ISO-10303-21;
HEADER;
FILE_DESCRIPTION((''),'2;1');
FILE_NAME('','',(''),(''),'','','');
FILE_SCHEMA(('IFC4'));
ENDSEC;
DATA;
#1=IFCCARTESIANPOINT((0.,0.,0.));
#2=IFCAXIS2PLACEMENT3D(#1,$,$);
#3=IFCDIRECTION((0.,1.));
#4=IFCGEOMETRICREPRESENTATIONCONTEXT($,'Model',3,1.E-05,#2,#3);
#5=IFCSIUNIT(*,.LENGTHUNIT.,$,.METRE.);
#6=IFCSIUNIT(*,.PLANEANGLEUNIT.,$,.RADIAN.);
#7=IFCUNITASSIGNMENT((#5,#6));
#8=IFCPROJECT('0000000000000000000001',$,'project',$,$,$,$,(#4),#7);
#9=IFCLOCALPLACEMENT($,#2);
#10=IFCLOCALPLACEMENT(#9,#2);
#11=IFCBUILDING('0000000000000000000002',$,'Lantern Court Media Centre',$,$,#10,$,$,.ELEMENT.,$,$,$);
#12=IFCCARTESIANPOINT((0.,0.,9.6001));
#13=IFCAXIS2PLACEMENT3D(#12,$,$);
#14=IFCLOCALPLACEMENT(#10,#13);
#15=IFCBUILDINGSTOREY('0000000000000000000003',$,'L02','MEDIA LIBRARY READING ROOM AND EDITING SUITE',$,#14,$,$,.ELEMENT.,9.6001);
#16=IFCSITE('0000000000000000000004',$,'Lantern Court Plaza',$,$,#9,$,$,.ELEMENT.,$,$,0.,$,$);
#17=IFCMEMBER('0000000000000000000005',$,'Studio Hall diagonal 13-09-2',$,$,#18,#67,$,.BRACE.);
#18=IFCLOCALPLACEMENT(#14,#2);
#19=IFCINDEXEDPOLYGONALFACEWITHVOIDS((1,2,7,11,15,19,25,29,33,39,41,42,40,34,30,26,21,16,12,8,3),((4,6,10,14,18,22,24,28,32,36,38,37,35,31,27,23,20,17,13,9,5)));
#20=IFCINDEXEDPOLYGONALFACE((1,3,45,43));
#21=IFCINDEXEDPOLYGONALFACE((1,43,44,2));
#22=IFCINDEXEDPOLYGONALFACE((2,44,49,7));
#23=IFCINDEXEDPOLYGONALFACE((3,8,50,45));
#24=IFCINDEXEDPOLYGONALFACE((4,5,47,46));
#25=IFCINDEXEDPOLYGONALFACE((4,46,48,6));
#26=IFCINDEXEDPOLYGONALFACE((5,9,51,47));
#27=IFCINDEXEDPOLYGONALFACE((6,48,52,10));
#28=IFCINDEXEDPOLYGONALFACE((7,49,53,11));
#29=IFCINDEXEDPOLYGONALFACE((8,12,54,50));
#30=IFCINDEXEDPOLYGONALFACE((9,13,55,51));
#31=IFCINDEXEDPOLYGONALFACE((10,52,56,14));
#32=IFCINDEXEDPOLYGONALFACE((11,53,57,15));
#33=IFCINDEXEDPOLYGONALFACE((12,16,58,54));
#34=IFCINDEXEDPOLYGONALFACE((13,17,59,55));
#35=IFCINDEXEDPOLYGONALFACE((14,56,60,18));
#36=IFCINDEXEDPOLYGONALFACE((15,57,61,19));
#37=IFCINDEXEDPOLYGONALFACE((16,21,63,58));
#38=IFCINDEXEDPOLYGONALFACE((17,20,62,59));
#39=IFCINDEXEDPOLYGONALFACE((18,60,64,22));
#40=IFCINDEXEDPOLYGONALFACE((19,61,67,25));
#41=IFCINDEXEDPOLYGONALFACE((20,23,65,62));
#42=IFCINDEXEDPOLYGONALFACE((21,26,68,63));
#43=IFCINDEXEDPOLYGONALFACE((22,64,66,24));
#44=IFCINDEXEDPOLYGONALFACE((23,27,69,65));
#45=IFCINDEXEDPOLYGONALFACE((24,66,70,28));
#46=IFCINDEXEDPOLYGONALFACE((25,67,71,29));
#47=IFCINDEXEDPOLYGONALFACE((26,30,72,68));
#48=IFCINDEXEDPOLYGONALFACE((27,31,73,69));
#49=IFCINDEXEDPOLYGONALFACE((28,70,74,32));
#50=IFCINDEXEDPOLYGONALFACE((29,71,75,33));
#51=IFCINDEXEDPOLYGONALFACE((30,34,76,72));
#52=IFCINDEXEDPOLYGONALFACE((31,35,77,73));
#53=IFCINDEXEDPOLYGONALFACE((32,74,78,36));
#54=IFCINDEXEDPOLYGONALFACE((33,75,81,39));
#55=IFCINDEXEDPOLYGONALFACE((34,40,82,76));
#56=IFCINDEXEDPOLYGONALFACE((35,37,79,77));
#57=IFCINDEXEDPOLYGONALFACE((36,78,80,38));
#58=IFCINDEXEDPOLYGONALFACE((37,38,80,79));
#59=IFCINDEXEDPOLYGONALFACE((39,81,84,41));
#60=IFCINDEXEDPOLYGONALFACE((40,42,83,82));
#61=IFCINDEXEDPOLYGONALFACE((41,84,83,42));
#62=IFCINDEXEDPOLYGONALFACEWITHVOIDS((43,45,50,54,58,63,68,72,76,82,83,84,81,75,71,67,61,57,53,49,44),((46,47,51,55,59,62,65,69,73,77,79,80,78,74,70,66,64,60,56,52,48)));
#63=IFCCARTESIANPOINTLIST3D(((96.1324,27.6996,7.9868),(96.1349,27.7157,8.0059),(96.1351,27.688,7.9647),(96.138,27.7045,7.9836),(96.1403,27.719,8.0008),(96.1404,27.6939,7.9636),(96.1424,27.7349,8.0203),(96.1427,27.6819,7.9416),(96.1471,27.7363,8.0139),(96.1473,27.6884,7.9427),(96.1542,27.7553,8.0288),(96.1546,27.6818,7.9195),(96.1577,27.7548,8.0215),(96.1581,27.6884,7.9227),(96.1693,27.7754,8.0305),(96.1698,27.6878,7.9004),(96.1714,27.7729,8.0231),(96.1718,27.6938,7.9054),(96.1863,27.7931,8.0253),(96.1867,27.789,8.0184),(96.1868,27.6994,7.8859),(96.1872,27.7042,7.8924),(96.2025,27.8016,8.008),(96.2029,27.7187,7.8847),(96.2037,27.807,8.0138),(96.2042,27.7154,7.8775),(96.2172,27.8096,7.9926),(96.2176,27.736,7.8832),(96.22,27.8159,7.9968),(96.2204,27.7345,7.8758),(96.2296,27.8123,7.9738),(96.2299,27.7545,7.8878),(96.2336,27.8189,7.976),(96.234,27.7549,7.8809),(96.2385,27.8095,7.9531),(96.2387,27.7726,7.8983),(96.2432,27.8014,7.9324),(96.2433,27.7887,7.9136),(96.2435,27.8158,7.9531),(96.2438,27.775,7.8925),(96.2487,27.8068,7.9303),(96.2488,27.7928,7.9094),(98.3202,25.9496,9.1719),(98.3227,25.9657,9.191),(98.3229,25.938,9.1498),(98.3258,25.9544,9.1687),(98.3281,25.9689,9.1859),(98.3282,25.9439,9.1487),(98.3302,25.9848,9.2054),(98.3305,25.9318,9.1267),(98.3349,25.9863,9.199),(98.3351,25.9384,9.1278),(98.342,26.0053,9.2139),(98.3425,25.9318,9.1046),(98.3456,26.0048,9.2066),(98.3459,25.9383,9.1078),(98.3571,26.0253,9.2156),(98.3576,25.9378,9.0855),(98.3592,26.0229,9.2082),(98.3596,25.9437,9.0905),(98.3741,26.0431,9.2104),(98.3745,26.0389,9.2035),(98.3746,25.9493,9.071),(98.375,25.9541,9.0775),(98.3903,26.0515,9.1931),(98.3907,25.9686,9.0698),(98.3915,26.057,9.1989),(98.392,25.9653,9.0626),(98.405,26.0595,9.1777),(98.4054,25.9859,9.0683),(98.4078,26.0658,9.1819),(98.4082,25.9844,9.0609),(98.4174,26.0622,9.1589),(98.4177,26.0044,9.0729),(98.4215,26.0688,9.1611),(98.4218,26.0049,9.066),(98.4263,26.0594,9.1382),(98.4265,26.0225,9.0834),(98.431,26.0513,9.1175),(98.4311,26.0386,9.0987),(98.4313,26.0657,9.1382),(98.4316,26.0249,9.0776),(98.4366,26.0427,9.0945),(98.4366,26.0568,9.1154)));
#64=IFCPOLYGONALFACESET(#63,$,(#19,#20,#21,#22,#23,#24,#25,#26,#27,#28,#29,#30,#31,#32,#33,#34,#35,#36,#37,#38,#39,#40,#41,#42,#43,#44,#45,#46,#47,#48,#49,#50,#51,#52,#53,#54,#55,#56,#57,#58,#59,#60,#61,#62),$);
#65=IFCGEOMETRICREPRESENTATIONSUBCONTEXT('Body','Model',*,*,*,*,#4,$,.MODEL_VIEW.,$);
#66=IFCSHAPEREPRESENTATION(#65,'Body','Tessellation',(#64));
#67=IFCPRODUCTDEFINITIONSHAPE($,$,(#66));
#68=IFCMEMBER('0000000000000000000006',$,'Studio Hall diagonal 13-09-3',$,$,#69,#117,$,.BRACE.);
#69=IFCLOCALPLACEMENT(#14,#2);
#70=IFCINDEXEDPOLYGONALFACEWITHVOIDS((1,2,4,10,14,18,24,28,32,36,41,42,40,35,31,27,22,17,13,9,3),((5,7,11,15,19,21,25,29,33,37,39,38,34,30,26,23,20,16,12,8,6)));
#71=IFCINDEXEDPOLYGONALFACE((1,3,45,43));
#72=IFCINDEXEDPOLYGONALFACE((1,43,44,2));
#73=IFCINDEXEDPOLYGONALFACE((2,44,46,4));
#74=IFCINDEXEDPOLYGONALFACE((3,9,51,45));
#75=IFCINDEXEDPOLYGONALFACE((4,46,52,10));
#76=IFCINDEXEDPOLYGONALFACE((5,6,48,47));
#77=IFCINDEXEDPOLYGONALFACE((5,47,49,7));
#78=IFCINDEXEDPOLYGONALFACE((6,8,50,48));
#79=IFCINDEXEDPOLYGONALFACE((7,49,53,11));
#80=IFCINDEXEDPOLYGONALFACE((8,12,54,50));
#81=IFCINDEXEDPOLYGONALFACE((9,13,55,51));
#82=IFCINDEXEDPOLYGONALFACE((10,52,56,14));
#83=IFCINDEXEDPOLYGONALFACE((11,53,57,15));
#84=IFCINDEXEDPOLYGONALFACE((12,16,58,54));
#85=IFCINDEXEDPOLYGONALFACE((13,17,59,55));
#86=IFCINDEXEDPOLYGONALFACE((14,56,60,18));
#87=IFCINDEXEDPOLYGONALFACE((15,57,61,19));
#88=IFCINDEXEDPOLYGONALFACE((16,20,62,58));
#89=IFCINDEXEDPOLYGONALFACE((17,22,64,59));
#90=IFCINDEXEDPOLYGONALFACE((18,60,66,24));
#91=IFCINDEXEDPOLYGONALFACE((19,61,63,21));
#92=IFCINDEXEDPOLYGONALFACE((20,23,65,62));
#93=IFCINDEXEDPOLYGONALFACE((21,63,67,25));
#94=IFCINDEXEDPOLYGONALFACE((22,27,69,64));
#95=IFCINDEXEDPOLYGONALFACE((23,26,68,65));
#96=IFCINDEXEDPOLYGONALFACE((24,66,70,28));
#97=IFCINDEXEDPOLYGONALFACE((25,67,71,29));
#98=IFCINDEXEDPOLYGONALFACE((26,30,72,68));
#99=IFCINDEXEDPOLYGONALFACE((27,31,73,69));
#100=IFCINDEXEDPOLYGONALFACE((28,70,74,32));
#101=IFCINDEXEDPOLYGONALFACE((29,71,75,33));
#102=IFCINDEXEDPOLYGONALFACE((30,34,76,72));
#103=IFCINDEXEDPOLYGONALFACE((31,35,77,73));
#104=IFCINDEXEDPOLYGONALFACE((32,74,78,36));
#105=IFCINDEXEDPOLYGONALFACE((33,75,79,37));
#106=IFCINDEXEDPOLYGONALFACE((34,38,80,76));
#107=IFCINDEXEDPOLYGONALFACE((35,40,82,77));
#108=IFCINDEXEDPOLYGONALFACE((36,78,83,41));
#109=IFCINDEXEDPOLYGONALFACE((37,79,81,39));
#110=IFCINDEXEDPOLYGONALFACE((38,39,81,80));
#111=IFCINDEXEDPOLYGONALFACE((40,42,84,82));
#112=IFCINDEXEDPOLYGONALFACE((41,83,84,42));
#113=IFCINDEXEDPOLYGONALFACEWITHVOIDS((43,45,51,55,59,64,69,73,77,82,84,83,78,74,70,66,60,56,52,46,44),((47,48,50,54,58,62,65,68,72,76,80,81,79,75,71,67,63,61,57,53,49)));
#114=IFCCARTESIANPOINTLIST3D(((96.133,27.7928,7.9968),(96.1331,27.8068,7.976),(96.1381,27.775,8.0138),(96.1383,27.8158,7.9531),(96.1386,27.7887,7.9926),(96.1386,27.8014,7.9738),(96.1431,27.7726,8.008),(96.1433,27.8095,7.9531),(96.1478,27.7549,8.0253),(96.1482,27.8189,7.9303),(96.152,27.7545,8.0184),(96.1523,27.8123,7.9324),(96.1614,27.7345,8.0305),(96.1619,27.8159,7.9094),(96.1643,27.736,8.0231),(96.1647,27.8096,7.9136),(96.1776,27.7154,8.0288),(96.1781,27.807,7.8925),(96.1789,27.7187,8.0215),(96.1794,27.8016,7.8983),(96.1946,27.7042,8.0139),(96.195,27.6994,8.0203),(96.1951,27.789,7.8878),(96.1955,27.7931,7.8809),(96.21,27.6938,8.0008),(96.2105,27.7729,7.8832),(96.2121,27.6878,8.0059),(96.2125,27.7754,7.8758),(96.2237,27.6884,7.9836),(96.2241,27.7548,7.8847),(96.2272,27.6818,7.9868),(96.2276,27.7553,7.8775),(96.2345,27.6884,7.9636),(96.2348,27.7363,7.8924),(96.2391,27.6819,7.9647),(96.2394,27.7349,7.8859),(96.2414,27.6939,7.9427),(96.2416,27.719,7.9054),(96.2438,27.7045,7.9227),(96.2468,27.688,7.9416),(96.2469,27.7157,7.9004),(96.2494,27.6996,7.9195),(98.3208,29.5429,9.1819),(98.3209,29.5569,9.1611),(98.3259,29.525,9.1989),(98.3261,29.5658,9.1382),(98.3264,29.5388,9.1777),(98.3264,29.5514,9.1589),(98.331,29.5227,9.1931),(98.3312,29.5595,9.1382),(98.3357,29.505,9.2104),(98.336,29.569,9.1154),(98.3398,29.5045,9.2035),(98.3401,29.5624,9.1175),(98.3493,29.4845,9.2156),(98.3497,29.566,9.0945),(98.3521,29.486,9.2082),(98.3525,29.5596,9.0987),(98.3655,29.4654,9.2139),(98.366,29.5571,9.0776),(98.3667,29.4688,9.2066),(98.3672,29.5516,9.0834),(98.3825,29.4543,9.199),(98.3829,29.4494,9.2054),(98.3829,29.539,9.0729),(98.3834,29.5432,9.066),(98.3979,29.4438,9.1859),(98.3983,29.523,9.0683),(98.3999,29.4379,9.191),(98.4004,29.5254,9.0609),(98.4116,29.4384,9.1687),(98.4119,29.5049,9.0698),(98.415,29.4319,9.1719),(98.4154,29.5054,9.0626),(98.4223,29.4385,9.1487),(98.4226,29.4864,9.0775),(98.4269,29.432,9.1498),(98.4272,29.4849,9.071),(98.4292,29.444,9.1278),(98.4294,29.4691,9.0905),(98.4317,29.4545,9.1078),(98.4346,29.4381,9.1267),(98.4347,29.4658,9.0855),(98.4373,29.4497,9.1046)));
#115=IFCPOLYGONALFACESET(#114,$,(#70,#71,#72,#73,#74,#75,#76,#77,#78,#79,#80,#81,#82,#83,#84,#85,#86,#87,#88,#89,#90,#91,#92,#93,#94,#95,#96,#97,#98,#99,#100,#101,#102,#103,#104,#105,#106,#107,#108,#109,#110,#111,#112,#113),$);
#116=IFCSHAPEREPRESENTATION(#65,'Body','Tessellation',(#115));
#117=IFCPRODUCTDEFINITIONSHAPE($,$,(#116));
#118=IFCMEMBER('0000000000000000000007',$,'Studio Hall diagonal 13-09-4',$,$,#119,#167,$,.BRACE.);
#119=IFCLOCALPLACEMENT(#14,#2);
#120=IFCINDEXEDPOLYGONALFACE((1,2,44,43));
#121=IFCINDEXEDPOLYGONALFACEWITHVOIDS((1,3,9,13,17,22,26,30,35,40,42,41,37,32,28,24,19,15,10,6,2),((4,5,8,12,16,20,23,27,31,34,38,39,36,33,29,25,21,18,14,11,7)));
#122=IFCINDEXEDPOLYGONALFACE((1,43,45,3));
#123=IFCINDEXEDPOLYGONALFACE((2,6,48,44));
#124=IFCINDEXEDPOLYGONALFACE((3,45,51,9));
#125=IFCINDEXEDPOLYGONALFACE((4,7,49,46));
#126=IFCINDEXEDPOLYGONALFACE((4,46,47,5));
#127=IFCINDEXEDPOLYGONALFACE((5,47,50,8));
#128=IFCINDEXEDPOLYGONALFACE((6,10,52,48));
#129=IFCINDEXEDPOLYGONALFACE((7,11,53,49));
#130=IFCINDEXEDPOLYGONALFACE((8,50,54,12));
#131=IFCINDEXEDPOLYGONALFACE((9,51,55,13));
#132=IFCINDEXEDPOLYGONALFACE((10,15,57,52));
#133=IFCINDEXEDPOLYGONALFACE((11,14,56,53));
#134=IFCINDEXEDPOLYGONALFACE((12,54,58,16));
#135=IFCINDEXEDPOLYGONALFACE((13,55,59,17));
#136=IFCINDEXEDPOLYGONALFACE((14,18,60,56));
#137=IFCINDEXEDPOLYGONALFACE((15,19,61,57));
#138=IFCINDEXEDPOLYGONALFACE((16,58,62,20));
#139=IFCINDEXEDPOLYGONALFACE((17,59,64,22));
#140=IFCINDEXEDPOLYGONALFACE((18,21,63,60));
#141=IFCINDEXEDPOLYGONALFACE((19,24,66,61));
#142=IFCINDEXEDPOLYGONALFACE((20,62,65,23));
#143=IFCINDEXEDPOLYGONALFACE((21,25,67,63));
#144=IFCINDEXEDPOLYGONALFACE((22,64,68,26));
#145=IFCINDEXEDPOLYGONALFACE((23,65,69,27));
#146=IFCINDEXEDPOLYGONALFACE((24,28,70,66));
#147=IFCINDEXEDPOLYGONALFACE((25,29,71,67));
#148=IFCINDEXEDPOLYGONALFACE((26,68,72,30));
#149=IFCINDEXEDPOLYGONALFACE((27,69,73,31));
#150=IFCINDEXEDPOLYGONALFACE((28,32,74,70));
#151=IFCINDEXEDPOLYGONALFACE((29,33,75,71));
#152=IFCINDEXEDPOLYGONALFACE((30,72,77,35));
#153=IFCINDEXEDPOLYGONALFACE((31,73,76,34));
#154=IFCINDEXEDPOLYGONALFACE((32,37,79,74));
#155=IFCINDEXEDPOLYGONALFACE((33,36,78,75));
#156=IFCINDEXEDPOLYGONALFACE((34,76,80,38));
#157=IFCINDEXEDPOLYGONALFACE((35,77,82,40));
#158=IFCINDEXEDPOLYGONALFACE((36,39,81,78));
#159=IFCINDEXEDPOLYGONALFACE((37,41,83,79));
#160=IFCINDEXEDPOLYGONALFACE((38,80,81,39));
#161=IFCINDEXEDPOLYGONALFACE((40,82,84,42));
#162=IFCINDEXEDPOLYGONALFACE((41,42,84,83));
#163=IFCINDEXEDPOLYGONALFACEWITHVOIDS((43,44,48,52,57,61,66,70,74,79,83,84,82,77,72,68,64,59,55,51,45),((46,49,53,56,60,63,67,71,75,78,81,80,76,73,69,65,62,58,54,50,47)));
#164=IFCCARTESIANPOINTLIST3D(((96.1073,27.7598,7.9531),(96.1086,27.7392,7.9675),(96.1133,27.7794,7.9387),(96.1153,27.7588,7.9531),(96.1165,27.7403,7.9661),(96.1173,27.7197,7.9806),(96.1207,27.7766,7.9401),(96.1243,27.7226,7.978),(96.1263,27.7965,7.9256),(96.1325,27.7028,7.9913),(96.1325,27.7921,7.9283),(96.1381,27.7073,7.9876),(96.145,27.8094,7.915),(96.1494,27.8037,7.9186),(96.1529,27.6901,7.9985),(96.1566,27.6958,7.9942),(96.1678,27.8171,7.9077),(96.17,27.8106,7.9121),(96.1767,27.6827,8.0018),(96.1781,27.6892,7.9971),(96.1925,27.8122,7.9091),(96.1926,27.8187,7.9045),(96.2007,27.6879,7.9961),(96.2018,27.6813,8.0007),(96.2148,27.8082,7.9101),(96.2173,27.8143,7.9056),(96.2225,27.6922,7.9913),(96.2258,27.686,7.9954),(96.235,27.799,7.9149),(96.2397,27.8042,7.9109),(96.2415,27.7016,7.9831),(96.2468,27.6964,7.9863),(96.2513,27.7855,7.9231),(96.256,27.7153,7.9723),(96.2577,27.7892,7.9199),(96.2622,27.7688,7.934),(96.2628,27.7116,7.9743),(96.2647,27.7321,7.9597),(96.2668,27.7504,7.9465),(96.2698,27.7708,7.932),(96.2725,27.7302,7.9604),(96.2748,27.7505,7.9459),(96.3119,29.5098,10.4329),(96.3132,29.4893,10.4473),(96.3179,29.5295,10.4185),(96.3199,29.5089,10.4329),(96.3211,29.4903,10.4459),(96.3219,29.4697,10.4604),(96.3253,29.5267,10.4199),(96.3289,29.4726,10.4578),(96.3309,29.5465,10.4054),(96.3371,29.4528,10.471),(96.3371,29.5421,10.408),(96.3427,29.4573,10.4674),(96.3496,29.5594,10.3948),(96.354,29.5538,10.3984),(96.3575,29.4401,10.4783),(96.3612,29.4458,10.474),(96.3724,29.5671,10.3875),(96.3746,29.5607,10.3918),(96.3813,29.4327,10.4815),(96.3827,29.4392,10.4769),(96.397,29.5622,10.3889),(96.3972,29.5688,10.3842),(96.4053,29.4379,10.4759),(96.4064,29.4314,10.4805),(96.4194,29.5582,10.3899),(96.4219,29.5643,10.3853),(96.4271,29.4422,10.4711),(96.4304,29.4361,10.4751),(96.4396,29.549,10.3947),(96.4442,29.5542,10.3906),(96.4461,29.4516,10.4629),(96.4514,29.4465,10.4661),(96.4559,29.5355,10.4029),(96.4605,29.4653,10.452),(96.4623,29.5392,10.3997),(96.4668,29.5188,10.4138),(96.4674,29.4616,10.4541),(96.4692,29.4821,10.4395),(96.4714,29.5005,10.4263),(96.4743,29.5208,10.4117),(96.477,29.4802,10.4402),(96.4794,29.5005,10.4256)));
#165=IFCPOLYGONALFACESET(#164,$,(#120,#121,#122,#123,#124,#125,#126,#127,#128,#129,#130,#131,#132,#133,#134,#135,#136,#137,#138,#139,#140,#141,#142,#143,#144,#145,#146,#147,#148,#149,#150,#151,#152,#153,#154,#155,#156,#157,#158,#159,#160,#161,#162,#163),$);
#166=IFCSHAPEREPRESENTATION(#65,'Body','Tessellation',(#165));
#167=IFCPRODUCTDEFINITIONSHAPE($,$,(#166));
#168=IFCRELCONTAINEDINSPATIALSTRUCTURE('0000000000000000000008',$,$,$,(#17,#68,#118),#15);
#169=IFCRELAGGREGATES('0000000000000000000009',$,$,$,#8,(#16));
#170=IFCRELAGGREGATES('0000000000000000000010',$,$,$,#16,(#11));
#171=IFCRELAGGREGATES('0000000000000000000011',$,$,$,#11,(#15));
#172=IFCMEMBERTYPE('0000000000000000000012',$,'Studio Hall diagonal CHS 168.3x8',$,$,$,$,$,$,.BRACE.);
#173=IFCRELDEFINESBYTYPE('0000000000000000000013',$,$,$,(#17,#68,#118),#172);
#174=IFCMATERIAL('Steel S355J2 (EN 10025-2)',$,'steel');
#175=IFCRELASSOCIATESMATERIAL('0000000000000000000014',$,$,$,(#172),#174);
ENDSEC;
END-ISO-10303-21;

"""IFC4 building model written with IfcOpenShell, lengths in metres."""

from ifc_helpers import new_model, si_unit, direction, frame, origin, origin_2d, place, context, subcontext, project, spatial, hollow_circle, extrude, material, material_profile, profile_set, type_object, element, save


model = new_model("IFC4")

# Units and contexts
model_context = context("Model", 3, precision=1e-05, world=origin(), true_north=direction((0.0, 1.0)))
body_context = subcontext(model_context, "Body", "Model", "MODEL_VIEW")
ifc_project = project(units=[si_unit("LENGTHUNIT", "METRE"), si_unit("PLANEANGLEUNIT", "RADIAN")], contexts=[model_context])

# Site, building, storey
site_placement = place(None, origin())
site = spatial("IfcSite", under=ifc_project, at=site_placement, Name="Lantern Court Plaza", CompositionType="ELEMENT", RefElevation=0.0)
building_placement = place(site_placement, origin())
building = spatial("IfcBuilding", under=site, at=building_placement, Name="Lantern Court Media Centre", CompositionType="ELEMENT")
storey_placement = place(building_placement, frame((0.0, 0.0, 9.6001)))
storey = spatial("IfcBuildingStorey", under=building, at=storey_placement, Name="L02", Description="MEDIA LIBRARY READING ROOM AND EDITING SUITE", CompositionType="ELEMENT", Elevation=9.6001)

# Members
ifc_material = material(Name="Steel S355J2 (EN 10025-2)", Category="steel")
ifc_material_profile_1 = material_profile(ifc_material, hollow_circle(Radius=0.0842, WallThickness=0.0081, at=origin_2d()), Name="Studio Hall diagonal CHS 168.3x8")
ifc_profile_set_1 = profile_set([ifc_material_profile_1], Name="Steel S355J2 (EN 10025-2)")
member_type_1 = type_object("IfcMemberType", Name="Studio Hall diagonal CHS 168.3x8", PredefinedType="BRACE", material=ifc_profile_set_1)
for number, where, z_axis, x_axis, name in (
    (1, (96.1909, 27.75, 7.9531), (0.719206, -0.5753, 0.38958), (0.624653, 0.780903, 0.0), "Studio Hall diagonal 13-09-2"),
    (2, (96.1909, 27.75, 7.9531), (0.719206, 0.5753, 0.38958), (-0.624653, 0.780903, 0.0), "Studio Hall diagonal 13-09-3"),
    (3, (96.1909, 27.75, 7.9531), (0.067256, 0.575289, 0.81518), (-0.993235, 0.116118, 0.0), "Studio Hall diagonal 13-09-4"),
):
    element("IfcMember", number, at=place(storey_placement, frame(where, z_axis=z_axis, x_axis=x_axis)), inside=storey, type_object=member_type_1, Name=name, PredefinedType="BRACE", context=body_context, shape_type="SweptSolid", body=[
        extrude(hollow_circle(Radius=0.0842, WallThickness=0.0081, at=origin_2d()), origin(), (0.0, 0.0, 1.0), 3.042),
    ])

save(model, "model.ifc")
